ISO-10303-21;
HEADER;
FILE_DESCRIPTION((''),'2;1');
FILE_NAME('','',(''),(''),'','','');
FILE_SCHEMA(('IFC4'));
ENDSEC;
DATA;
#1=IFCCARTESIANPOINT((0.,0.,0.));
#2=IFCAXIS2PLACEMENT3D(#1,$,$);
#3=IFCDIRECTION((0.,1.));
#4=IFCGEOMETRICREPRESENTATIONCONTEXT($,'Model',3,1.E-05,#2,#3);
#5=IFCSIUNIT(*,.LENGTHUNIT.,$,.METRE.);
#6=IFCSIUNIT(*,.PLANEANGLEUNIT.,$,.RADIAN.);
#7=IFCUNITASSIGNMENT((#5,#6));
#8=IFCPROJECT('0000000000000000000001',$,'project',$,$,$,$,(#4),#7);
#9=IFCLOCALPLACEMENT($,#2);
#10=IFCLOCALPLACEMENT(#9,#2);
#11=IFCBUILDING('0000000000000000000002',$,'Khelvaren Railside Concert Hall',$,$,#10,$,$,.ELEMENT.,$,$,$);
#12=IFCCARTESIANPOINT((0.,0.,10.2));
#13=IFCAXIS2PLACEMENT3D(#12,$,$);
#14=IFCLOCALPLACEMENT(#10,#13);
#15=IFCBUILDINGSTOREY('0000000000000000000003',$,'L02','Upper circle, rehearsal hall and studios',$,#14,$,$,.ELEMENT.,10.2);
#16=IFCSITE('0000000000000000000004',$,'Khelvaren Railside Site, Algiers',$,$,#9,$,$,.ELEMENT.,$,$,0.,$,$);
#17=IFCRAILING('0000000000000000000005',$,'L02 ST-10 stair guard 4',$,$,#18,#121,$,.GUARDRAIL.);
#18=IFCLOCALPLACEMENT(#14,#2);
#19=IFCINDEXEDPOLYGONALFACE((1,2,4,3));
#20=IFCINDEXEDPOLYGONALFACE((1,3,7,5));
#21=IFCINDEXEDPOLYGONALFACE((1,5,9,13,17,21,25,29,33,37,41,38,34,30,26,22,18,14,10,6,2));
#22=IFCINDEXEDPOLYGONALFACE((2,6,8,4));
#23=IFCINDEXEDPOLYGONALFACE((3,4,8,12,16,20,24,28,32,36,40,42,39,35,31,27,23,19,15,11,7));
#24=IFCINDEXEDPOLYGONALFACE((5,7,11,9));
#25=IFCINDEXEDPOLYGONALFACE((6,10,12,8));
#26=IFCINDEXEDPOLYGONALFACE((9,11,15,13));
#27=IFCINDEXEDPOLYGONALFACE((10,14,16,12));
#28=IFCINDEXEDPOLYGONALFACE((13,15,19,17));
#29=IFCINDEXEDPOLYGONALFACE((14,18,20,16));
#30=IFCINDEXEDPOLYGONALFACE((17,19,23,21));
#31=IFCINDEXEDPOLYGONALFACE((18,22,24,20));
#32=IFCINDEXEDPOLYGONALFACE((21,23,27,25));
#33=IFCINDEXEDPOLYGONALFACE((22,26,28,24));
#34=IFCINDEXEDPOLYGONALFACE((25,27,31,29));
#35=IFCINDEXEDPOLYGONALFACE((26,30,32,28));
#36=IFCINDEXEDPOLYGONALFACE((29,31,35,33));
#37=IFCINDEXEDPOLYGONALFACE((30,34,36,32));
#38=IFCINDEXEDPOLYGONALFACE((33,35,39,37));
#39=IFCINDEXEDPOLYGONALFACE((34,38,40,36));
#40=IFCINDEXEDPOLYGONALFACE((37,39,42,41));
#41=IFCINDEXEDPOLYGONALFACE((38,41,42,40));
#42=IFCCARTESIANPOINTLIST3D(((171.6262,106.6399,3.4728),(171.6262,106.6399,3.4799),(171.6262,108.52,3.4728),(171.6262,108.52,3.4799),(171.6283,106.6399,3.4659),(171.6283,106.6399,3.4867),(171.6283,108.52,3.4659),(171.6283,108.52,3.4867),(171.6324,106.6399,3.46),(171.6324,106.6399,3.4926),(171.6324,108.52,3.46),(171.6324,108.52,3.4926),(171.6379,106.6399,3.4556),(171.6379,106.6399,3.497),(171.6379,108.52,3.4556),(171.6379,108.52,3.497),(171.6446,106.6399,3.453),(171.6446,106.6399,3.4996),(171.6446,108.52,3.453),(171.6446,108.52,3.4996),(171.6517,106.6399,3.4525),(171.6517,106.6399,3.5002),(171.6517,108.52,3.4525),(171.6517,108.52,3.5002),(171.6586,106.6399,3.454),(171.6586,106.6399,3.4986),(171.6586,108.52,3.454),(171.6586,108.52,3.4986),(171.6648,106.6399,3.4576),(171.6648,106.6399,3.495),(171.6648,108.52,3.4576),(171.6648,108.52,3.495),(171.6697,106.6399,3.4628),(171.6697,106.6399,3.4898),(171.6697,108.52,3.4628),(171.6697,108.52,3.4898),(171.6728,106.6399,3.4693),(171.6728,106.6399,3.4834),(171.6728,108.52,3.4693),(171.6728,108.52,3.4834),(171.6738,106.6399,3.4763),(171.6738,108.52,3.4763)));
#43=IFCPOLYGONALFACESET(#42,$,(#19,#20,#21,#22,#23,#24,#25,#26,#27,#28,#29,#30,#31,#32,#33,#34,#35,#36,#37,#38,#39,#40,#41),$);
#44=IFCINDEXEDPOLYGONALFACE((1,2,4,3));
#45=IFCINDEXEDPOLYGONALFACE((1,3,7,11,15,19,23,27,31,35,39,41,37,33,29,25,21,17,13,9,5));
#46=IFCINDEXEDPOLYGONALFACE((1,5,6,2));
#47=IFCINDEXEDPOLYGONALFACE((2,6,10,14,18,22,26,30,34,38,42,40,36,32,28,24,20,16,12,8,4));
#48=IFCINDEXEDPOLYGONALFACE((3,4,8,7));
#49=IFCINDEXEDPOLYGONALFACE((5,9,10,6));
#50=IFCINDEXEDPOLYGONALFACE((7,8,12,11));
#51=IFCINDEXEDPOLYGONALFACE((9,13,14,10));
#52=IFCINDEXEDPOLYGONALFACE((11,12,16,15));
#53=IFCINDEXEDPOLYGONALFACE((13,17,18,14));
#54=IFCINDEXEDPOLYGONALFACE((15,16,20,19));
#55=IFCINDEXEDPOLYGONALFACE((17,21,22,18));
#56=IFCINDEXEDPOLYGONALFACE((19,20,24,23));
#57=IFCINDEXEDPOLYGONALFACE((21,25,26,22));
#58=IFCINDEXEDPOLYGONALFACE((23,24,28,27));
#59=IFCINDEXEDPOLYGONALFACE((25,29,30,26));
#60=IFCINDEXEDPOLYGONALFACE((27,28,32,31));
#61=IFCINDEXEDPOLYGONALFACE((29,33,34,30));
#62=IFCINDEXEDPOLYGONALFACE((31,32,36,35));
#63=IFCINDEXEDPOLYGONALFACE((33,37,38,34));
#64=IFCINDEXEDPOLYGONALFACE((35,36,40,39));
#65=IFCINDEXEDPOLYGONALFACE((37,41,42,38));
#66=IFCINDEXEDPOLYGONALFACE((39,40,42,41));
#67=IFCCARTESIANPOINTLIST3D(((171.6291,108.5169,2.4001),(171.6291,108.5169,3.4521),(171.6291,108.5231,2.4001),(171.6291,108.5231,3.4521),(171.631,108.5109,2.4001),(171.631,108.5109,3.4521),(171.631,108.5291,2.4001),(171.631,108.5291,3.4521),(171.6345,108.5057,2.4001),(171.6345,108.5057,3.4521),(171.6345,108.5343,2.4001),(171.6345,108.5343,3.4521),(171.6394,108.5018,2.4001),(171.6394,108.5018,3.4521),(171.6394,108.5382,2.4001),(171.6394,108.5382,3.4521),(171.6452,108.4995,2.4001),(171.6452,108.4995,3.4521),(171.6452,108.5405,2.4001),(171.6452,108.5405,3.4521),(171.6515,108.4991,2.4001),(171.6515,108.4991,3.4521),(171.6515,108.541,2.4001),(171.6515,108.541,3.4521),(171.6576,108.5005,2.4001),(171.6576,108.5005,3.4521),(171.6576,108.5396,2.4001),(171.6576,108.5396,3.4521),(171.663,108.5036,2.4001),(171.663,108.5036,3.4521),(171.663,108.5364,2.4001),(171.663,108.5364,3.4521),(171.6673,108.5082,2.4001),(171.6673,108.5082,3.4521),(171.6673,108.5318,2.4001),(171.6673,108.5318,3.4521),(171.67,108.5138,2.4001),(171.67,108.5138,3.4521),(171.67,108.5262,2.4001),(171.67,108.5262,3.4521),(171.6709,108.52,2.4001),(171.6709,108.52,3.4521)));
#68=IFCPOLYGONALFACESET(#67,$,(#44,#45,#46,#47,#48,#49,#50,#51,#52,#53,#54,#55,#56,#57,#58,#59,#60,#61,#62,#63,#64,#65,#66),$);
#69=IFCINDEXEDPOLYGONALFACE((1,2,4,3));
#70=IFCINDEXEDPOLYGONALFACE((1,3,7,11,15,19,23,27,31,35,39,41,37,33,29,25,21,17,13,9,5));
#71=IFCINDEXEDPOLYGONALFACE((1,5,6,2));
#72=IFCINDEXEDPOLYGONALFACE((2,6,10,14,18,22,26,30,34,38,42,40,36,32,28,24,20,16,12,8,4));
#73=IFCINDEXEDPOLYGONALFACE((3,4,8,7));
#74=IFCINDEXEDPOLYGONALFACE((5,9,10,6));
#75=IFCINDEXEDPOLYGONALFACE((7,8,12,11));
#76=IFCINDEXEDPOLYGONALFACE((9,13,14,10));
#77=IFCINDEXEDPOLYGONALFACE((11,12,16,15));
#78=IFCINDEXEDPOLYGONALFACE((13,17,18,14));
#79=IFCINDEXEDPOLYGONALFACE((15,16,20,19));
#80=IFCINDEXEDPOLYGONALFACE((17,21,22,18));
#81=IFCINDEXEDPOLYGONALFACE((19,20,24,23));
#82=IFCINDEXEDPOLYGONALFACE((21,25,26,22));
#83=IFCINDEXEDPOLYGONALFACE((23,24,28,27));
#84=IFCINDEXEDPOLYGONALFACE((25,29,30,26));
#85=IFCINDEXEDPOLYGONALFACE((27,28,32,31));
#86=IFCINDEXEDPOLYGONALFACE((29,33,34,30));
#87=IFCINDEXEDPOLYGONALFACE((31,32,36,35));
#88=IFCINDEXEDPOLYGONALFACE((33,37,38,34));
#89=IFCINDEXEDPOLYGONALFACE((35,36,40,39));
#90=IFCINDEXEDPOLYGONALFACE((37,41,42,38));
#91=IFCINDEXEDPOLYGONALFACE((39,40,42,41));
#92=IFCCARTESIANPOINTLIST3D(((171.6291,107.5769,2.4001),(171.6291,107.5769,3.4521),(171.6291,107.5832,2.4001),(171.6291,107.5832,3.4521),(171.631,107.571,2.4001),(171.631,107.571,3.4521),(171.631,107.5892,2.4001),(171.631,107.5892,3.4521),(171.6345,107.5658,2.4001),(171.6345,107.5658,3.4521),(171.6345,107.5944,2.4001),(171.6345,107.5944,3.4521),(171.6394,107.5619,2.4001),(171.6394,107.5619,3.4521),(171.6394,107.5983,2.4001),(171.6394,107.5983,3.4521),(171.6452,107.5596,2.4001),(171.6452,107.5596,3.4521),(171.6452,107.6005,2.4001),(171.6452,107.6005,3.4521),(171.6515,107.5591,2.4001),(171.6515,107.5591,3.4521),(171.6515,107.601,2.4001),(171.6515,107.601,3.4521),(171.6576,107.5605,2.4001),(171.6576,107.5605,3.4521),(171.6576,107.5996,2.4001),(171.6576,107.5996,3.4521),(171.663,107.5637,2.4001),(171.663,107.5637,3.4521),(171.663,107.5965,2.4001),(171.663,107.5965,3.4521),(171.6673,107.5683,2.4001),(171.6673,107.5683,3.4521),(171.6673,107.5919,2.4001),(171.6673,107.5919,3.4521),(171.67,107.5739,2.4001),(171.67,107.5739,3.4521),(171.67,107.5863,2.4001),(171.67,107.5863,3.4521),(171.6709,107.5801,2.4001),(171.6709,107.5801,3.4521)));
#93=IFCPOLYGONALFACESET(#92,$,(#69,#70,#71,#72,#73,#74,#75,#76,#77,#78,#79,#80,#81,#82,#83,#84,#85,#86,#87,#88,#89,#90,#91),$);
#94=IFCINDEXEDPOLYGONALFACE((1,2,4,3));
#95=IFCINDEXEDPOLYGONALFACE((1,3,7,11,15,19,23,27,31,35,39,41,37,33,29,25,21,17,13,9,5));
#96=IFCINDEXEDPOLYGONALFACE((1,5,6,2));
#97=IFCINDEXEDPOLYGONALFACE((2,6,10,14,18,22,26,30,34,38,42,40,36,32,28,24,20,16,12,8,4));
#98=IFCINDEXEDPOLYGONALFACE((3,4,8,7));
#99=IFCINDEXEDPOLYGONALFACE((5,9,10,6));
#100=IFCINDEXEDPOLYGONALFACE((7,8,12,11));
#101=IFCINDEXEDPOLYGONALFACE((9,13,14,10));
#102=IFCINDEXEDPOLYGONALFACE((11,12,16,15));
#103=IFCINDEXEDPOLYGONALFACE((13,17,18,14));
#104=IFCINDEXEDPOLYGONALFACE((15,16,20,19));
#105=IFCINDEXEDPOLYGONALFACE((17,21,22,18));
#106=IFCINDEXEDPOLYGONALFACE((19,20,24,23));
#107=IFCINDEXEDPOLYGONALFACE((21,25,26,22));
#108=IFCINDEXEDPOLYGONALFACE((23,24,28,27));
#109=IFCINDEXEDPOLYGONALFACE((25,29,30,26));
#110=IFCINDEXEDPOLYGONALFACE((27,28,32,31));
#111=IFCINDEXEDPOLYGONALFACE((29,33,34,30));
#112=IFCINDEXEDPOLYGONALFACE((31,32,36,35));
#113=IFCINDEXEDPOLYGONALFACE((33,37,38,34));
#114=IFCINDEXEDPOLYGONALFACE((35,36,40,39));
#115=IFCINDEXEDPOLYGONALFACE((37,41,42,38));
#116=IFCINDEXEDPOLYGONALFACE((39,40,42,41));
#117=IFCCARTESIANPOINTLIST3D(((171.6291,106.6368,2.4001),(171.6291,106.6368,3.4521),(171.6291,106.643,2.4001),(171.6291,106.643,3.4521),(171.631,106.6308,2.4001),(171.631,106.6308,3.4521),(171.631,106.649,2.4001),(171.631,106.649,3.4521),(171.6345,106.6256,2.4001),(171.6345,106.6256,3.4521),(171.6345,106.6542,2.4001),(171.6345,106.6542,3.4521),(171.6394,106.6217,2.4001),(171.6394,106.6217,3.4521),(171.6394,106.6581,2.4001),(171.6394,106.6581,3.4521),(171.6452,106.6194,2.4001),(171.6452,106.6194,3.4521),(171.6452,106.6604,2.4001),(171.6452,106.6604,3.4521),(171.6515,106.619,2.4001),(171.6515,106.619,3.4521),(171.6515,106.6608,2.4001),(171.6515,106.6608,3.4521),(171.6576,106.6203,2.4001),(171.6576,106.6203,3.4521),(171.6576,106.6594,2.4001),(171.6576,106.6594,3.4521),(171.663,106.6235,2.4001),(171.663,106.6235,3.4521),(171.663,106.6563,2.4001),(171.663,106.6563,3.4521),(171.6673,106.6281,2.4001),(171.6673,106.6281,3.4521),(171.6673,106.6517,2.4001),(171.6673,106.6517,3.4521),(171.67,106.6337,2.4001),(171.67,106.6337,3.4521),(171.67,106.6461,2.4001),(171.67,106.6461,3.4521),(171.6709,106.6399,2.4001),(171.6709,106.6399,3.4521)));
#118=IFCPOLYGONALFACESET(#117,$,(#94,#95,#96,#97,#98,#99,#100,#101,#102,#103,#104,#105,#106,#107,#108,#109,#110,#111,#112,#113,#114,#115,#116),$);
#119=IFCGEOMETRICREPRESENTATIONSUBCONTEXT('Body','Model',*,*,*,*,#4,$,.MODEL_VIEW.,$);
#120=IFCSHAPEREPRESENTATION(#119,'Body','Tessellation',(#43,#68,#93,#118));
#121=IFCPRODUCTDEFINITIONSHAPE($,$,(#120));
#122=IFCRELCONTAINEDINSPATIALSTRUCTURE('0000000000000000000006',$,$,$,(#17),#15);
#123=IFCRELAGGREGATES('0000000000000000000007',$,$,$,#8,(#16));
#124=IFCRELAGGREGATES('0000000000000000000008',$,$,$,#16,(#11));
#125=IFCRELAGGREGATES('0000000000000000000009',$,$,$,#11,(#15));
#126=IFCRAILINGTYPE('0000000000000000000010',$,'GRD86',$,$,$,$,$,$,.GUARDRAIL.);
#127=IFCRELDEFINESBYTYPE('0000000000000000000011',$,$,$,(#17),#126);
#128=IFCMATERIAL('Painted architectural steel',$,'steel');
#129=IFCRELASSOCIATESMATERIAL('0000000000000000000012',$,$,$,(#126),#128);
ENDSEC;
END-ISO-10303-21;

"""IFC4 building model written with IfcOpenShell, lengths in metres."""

from ifc_helpers import new_model, si_unit, direction, frame, origin, origin_2d, place, context, subcontext, project, spatial, circle, extrude, material, type_object, element, save


model = new_model("IFC4")

# Units and contexts
model_context = context("Model", 3, precision=1e-05, world=origin(), true_north=direction((0.0, 1.0)))
body_context = subcontext(model_context, "Body", "Model", "MODEL_VIEW")
ifc_project = project(units=[si_unit("LENGTHUNIT", "METRE"), si_unit("PLANEANGLEUNIT", "RADIAN")], contexts=[model_context])

# Site, building, storey
site_placement = place(None, origin())
site = spatial("IfcSite", under=ifc_project, at=site_placement, Name="Khelvaren Railside Site, Algiers", CompositionType="ELEMENT", RefElevation=0.0)
building_placement = place(site_placement, origin())
building = spatial("IfcBuilding", under=site, at=building_placement, Name="Khelvaren Railside Concert Hall", CompositionType="ELEMENT")
storey_placement = place(building_placement, frame((0.0, 0.0, 10.2)))
storey = spatial("IfcBuildingStorey", under=building, at=storey_placement, Name="L02", Description="Upper circle, rehearsal hall and studios", CompositionType="ELEMENT", Elevation=10.2)

# Railing
ifc_material_1 = material(Name="Painted architectural steel", Category="steel")
railing_type_1 = type_object("IfcRailingType", Name="GRD86", PredefinedType="GUARDRAIL", material=ifc_material_1)
railing_1_placement = place(storey_placement, frame((171.6499, 108.52, 2.4001)))
element("IfcRailing", 1, at=railing_1_placement, inside=storey, type_object=railing_type_1, Name="L02 ST-10 stair guard 4", PredefinedType="GUARDRAIL", context=body_context, shape_type="SweptSolid", body=[
    extrude(circle(Radius=0.0239, at=origin_2d()), frame((0.0, 0.0, 1.0762), z_axis=(0.0, -1.0, 0.0), x_axis=(1.0, 0.0, 0.0)), (0.0, 0.0, 1.0), 1.8801),
    extrude(circle(Radius=0.021, at=origin_2d()), origin(), (0.0, 0.0, 1.0), 1.052),
    extrude(circle(Radius=0.021, at=origin_2d()), frame((0.0, -0.9399, 0.0)), (0.0, 0.0, 1.0), 1.052),
    extrude(circle(Radius=0.021, at=origin_2d()), frame((0.0, -1.8801, 0.0)), (0.0, 0.0, 1.0), 1.052),
])

save(model, "model.ifc")
